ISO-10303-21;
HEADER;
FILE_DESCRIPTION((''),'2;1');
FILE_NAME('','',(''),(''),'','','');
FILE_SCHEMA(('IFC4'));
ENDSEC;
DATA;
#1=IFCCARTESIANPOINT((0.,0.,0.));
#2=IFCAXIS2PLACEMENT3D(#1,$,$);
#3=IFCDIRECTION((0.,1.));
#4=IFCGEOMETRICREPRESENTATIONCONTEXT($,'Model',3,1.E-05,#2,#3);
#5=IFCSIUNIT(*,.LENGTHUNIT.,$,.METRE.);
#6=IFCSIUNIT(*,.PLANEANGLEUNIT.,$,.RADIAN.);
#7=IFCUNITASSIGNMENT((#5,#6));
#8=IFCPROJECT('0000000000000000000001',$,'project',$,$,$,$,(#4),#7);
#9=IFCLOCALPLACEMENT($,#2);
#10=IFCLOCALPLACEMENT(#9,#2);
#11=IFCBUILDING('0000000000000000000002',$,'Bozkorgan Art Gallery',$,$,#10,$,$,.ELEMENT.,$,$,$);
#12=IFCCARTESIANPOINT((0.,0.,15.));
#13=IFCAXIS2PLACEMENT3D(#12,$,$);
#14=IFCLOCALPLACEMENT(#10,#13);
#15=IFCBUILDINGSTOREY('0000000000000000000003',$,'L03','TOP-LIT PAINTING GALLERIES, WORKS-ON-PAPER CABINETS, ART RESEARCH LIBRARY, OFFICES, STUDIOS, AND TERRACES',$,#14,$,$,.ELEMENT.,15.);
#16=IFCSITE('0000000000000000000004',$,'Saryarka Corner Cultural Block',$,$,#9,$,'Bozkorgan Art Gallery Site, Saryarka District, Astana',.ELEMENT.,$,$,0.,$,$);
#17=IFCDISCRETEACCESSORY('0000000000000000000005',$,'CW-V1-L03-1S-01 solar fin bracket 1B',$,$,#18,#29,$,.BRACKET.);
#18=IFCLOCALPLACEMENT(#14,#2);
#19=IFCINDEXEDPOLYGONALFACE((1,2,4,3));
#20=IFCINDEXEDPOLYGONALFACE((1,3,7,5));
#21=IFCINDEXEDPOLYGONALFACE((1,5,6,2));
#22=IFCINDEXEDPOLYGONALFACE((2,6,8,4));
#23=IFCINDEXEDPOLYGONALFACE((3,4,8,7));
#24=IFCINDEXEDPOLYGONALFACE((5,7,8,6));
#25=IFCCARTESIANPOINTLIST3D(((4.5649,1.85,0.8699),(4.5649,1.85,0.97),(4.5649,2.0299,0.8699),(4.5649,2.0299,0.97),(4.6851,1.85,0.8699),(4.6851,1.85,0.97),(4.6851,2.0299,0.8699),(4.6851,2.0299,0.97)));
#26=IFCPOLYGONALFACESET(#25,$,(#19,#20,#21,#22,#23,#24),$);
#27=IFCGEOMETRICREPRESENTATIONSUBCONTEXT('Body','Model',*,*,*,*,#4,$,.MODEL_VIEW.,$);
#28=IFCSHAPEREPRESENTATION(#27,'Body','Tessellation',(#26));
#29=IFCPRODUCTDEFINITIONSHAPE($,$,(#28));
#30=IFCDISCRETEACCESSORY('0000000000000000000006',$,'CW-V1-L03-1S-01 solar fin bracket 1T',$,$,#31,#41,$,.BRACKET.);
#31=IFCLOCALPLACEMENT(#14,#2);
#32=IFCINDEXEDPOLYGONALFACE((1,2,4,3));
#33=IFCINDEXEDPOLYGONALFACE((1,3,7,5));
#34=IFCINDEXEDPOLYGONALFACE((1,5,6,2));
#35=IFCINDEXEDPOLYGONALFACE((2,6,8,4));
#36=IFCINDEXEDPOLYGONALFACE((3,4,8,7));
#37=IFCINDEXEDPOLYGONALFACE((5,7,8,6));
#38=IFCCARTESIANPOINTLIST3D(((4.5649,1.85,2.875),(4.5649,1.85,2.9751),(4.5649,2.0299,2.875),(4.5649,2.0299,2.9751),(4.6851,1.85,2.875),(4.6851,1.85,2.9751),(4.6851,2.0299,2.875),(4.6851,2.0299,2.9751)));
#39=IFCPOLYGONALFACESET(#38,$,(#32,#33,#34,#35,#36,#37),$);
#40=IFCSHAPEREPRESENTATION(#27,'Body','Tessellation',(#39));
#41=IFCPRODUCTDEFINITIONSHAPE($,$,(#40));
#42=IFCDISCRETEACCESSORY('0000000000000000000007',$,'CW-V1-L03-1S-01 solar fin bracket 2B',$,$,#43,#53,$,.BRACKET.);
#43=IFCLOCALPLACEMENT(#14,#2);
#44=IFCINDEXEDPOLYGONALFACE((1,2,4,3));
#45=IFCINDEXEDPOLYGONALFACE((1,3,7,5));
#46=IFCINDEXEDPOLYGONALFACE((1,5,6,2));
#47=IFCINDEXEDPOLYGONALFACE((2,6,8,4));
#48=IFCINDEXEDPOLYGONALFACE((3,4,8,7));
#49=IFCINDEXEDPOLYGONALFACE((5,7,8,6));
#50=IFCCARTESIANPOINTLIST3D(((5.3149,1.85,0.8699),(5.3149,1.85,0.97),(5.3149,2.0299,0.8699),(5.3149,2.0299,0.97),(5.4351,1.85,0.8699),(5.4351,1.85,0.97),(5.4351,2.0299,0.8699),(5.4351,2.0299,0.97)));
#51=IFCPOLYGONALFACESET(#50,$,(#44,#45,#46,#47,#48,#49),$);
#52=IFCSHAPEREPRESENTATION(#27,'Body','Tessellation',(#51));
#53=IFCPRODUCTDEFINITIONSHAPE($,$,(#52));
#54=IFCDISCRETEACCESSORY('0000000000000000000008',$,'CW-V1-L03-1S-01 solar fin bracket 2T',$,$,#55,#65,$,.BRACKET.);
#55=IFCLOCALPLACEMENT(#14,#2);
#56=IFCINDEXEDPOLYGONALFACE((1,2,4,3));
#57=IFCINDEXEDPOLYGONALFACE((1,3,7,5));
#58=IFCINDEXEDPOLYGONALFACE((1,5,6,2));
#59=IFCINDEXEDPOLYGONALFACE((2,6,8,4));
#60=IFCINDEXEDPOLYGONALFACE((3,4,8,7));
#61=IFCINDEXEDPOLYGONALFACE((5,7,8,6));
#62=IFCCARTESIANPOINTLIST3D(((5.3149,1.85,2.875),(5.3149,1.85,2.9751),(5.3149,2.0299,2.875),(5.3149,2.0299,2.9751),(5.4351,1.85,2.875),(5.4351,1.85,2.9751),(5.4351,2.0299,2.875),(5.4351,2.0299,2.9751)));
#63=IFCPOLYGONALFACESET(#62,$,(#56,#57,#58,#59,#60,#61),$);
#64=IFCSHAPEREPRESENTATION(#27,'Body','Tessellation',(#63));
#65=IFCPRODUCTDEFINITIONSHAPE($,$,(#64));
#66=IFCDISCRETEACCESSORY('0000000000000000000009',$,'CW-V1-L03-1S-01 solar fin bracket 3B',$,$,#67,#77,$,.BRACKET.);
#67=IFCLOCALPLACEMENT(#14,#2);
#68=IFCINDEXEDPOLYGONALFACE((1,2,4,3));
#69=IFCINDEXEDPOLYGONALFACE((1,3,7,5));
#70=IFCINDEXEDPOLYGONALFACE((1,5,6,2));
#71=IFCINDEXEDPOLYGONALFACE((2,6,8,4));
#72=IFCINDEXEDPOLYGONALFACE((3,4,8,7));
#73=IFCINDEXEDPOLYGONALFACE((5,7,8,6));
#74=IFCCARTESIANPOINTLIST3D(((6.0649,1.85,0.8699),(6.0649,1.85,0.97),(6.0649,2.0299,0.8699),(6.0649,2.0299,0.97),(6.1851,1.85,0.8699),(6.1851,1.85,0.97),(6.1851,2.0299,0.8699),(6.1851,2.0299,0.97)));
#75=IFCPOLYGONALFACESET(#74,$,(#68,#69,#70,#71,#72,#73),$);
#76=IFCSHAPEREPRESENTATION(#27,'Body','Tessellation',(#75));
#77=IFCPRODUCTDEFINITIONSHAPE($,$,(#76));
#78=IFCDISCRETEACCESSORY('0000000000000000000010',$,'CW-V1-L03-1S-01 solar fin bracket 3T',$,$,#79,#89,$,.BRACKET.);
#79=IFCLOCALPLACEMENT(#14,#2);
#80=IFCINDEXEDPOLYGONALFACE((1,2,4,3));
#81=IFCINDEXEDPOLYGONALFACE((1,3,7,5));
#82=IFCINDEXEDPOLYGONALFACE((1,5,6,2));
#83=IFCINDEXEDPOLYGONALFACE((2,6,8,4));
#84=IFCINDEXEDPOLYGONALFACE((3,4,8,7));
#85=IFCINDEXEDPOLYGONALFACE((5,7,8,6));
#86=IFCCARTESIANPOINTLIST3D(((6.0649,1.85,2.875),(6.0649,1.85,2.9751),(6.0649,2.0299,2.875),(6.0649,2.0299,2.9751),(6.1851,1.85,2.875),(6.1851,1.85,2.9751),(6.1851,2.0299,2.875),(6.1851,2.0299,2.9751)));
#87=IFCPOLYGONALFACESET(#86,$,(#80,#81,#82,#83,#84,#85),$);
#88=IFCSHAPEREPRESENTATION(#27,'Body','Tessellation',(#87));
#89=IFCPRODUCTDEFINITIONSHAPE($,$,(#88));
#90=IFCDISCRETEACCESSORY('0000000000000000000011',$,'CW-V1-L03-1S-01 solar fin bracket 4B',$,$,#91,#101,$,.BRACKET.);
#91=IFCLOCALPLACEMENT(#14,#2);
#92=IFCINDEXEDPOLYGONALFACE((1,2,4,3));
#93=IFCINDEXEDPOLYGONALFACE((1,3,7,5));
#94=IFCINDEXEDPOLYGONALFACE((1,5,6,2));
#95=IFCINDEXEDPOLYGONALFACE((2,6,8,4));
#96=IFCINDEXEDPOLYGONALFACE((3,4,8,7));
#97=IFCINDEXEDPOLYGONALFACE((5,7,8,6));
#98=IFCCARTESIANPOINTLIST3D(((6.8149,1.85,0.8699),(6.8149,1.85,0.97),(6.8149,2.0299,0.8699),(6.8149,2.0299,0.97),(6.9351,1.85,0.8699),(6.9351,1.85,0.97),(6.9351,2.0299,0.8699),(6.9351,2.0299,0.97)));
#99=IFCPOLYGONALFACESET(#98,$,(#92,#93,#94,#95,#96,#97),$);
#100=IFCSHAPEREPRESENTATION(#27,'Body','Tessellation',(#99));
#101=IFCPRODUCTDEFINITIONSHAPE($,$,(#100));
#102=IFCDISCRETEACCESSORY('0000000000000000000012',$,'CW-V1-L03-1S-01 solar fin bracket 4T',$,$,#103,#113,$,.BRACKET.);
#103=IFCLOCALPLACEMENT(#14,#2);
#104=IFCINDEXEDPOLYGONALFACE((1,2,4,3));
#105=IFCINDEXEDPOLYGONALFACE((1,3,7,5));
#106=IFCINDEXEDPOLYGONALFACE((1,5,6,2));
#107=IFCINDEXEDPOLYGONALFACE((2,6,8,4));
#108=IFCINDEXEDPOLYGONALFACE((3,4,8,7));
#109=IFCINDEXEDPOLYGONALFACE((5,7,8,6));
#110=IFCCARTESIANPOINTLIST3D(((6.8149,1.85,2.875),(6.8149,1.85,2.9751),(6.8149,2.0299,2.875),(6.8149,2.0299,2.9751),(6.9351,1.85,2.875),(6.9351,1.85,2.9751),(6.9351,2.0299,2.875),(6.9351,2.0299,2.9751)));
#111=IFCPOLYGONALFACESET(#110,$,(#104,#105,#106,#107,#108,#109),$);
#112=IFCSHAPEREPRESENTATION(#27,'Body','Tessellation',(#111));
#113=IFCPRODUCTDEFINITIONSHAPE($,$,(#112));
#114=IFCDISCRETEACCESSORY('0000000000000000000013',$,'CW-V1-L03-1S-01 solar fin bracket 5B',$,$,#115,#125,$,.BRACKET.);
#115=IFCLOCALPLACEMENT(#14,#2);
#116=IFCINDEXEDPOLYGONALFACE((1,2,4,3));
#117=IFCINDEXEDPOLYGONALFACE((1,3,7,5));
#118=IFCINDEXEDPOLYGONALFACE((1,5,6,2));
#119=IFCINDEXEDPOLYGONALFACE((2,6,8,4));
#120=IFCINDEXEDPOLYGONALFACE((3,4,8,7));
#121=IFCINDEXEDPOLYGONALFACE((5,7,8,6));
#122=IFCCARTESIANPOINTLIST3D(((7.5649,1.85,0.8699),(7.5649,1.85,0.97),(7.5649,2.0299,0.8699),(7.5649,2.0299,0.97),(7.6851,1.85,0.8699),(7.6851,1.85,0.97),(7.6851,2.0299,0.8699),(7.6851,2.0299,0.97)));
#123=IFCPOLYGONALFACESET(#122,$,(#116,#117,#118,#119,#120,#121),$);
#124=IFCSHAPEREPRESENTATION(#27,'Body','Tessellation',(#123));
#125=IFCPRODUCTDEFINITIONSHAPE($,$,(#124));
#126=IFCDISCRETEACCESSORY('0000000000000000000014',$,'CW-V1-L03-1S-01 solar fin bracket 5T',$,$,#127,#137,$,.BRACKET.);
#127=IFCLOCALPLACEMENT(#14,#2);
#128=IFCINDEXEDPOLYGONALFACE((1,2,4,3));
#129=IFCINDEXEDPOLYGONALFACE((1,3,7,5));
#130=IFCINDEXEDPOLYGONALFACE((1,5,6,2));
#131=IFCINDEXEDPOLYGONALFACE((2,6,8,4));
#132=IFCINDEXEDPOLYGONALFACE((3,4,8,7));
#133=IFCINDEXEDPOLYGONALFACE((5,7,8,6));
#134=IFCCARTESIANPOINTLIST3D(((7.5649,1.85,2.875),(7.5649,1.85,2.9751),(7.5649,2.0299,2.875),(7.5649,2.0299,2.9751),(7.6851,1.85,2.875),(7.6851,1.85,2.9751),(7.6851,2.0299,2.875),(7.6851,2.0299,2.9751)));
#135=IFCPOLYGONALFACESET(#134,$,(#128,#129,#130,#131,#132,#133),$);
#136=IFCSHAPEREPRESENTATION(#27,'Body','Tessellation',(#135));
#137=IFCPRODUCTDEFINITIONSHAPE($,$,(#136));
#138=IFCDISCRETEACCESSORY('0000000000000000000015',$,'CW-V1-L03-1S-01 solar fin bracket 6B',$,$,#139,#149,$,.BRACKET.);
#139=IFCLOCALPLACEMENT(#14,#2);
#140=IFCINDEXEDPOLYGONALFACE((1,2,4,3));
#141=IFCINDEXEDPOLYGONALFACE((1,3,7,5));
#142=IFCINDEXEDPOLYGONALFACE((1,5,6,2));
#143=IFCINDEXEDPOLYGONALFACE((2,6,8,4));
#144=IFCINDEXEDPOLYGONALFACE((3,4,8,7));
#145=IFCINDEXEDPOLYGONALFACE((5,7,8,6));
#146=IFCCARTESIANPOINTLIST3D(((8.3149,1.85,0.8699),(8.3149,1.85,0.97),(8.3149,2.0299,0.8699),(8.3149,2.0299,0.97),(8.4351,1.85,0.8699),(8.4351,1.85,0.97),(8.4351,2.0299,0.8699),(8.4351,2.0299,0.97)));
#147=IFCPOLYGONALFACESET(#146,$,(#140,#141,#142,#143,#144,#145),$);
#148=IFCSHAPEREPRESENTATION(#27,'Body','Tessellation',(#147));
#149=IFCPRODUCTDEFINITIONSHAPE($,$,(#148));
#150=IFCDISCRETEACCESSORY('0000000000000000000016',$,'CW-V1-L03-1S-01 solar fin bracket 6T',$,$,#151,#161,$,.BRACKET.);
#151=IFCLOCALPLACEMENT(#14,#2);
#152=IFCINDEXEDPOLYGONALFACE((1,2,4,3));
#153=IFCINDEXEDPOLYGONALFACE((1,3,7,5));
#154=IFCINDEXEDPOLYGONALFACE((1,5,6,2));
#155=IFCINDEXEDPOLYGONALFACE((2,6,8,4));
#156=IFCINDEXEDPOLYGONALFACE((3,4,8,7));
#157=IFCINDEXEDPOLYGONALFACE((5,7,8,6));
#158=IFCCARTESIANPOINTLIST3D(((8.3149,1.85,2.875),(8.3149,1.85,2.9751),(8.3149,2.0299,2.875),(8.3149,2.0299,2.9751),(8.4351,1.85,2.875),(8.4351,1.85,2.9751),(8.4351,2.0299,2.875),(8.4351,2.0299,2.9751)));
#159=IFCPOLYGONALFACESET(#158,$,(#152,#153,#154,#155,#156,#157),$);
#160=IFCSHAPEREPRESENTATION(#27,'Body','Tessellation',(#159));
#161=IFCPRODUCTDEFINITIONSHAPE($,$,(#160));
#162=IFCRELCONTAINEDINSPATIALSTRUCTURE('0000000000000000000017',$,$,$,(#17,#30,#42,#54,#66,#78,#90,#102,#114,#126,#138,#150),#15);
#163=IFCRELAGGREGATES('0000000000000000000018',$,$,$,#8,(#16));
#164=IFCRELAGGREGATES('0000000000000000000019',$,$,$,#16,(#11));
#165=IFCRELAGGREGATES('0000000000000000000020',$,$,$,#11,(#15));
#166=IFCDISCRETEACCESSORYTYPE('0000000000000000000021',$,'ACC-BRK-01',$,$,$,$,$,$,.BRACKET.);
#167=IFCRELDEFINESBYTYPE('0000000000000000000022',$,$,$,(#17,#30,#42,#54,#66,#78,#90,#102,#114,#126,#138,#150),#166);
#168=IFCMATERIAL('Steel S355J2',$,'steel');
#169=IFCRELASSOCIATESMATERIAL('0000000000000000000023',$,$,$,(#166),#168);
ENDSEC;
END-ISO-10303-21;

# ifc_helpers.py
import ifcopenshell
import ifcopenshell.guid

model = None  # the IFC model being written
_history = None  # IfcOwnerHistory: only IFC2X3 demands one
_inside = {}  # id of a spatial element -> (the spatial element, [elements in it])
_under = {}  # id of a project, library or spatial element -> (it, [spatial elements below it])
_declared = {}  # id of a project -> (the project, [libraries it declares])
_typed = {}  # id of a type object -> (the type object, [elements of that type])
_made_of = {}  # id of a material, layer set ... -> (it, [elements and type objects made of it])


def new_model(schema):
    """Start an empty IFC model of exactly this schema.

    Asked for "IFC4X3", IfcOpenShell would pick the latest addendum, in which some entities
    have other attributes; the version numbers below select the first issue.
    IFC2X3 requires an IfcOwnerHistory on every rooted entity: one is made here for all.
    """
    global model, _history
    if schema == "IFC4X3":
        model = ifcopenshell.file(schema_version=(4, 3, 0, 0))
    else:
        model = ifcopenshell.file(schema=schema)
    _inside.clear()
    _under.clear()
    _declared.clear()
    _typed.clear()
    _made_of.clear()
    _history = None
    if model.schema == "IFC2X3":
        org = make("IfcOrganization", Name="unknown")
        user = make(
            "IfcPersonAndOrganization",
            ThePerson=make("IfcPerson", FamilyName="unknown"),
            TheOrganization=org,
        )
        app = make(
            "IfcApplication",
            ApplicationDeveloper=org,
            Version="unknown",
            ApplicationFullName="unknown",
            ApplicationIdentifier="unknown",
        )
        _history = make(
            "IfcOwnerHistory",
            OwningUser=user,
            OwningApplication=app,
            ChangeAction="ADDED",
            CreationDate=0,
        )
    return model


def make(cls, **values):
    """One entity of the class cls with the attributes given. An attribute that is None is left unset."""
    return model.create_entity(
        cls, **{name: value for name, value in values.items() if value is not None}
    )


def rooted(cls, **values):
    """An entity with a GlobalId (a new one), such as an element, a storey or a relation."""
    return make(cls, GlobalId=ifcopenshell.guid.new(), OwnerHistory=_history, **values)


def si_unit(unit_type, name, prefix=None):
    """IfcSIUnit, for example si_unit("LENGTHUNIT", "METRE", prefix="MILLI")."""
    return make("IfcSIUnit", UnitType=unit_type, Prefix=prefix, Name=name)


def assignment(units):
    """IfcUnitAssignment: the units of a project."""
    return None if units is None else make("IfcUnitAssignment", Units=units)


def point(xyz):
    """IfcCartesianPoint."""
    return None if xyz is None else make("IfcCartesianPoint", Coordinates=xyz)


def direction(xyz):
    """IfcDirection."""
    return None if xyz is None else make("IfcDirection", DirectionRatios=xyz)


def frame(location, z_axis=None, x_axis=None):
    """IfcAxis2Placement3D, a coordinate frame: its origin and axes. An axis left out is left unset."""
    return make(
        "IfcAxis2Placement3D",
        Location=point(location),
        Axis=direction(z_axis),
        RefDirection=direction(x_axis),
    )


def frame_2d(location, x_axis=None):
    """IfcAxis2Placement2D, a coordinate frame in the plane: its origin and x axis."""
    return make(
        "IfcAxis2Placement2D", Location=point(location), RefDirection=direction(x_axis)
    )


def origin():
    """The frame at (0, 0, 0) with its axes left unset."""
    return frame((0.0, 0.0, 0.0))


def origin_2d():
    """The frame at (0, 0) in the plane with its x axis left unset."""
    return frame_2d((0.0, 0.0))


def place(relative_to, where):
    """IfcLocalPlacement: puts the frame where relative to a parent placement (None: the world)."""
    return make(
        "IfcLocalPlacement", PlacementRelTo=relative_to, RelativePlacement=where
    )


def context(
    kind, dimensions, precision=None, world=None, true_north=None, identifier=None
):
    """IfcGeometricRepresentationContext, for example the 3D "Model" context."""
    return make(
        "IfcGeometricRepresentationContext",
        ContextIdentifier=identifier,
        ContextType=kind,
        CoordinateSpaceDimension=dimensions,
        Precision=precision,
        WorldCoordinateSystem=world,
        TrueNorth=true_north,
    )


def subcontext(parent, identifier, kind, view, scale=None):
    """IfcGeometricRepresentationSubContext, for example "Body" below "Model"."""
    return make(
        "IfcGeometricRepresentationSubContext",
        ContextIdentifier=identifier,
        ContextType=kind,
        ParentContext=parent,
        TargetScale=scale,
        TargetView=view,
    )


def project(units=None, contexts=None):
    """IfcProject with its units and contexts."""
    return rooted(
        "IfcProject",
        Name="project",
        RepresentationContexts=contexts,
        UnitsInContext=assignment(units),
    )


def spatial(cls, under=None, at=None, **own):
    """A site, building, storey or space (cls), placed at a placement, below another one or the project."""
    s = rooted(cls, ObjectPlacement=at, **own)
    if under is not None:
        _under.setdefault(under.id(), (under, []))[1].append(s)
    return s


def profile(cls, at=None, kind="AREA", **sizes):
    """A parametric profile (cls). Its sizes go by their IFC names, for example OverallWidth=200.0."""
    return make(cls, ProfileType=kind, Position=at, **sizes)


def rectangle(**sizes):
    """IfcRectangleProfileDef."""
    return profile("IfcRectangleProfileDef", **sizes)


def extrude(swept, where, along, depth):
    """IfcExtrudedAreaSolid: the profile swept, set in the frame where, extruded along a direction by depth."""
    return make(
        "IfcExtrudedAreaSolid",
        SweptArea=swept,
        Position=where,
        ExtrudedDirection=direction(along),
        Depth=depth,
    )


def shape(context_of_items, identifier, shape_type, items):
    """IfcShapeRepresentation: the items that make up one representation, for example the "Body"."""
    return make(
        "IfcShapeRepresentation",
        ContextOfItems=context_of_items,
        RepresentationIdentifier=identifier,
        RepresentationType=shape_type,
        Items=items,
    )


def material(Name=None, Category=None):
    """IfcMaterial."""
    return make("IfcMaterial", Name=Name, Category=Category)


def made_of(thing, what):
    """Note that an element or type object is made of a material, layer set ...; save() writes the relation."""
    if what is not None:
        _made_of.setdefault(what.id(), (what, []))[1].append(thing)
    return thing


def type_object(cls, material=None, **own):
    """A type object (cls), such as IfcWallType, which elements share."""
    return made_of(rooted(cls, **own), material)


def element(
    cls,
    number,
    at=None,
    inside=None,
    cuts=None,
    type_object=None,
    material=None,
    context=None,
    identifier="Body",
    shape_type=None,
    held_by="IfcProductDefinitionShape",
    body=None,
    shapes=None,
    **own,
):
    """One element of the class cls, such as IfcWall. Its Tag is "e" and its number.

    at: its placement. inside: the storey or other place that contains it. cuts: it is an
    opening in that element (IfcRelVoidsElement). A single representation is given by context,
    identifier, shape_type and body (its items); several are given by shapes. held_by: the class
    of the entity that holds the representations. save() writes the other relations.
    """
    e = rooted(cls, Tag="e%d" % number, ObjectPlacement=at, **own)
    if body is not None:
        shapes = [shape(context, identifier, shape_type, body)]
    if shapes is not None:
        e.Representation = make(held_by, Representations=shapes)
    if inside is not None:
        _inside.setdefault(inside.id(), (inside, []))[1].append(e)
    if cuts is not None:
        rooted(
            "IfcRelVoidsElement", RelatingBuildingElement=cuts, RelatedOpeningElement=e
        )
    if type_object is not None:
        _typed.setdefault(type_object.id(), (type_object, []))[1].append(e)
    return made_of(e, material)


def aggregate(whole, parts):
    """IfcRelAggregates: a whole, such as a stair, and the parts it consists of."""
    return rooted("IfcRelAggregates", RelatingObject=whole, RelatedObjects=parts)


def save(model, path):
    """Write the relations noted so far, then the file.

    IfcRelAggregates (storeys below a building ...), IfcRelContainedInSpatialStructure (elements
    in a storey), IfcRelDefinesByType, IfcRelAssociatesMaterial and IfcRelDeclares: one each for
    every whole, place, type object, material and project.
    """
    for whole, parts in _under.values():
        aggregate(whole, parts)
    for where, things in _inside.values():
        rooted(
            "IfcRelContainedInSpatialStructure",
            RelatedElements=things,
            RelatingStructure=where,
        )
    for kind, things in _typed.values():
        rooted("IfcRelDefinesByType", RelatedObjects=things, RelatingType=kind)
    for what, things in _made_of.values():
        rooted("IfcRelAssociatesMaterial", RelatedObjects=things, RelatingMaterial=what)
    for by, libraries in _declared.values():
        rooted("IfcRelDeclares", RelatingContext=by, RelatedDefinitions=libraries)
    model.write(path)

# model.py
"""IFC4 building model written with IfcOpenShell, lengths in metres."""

from ifc_helpers import new_model, si_unit, direction, frame, origin, origin_2d, place, context, subcontext, project, spatial, rectangle, extrude, material, type_object, element, save


model = new_model("IFC4")

# Units and contexts
model_context = context("Model", 3, precision=1e-05, world=origin(), true_north=direction((0.0, 1.0)))
body_context = subcontext(model_context, "Body", "Model", "MODEL_VIEW")
ifc_project = project(units=[si_unit("LENGTHUNIT", "METRE"), si_unit("PLANEANGLEUNIT", "RADIAN")], contexts=[model_context])

# Site, building, storey
site_placement = place(None, origin())
site = spatial("IfcSite", under=ifc_project, at=site_placement, Name="Saryarka Corner Cultural Block", LongName="Bozkorgan Art Gallery Site, Saryarka District, Astana", CompositionType="ELEMENT", RefElevation=0.0)
building_placement = place(site_placement, origin())
building = spatial("IfcBuilding", under=site, at=building_placement, Name="Bozkorgan Art Gallery", CompositionType="ELEMENT")
storey_placement = place(building_placement, frame((0.0, 0.0, 15.0)))
storey = spatial("IfcBuildingStorey", under=building, at=storey_placement, Name="L03", Description="TOP-LIT PAINTING GALLERIES, WORKS-ON-PAPER CABINETS, ART RESEARCH LIBRARY, OFFICES, STUDIOS, AND TERRACES", CompositionType="ELEMENT", Elevation=15.0)

# Discrete accessories
ifc_material_1 = material(Name="Steel S355J2", Category="steel")
discrete_accessory_type = type_object("IfcDiscreteAccessoryType", Name="ACC-BRK-01", PredefinedType="BRACKET", material=ifc_material_1)
for number, where, z_axis, x_axis, name in (
    (1, (4.625, 1.9399, 0.8699), (0.0, 0.0, 1.0), (0.0, -1.0, 0.0), "CW-V1-L03-1S-01 solar fin bracket 1B"),
    (2, (4.625, 1.9399, 2.875), (0.0, 0.0, 1.0), (0.0, -1.0, 0.0), "CW-V1-L03-1S-01 solar fin bracket 1T"),
    (3, (5.375, 1.9399, 0.8699), (0.0, 0.0, 1.0), (0.0, -1.0, 0.0), "CW-V1-L03-1S-01 solar fin bracket 2B"),
    (4, (5.375, 1.9399, 2.875), (0.0, 0.0, 1.0), (0.0, -1.0, 0.0), "CW-V1-L03-1S-01 solar fin bracket 2T"),
    (5, (6.125, 1.9399, 0.8699), (0.0, 0.0, 1.0), (0.0, -1.0, 0.0), "CW-V1-L03-1S-01 solar fin bracket 3B"),
    (6, (6.125, 1.9399, 2.875), (0.0, 0.0, 1.0), (0.0, -1.0, 0.0), "CW-V1-L03-1S-01 solar fin bracket 3T"),
    (7, (6.875, 1.9399, 0.8699), (0.0, 0.0, 1.0), (0.0, -1.0, 0.0), "CW-V1-L03-1S-01 solar fin bracket 4B"),
    (8, (6.875, 1.9399, 2.875), (0.0, 0.0, 1.0), (0.0, -1.0, 0.0), "CW-V1-L03-1S-01 solar fin bracket 4T"),
    (9, (7.625, 1.9399, 0.8699), (0.0, 0.0, 1.0), (0.0, -1.0, 0.0), "CW-V1-L03-1S-01 solar fin bracket 5B"),
    (10, (7.625, 1.9399, 2.875), (0.0, 0.0, 1.0), (0.0, -1.0, 0.0), "CW-V1-L03-1S-01 solar fin bracket 5T"),
    (11, (8.375, 1.9399, 0.8699), (0.0, 0.0, 1.0), (0.0, -1.0, 0.0), "CW-V1-L03-1S-01 solar fin bracket 6B"),
    (12, (8.375, 1.9399, 2.875), (0.0, 0.0, 1.0), (0.0, -1.0, 0.0), "CW-V1-L03-1S-01 solar fin bracket 6T"),
):
    element("IfcDiscreteAccessory", number, at=place(storey_placement, frame(where, z_axis=z_axis, x_axis=x_axis)), inside=storey, type_object=discrete_accessory_type, Name=name, PredefinedType="BRACKET", context=body_context, shape_type="SweptSolid", body=[
        extrude(rectangle(XDim=0.1799, YDim=0.1201, at=origin_2d()), origin(), (0.0, 0.0, 1.0), 0.1001),
    ])

save(model, "model.ifc")
